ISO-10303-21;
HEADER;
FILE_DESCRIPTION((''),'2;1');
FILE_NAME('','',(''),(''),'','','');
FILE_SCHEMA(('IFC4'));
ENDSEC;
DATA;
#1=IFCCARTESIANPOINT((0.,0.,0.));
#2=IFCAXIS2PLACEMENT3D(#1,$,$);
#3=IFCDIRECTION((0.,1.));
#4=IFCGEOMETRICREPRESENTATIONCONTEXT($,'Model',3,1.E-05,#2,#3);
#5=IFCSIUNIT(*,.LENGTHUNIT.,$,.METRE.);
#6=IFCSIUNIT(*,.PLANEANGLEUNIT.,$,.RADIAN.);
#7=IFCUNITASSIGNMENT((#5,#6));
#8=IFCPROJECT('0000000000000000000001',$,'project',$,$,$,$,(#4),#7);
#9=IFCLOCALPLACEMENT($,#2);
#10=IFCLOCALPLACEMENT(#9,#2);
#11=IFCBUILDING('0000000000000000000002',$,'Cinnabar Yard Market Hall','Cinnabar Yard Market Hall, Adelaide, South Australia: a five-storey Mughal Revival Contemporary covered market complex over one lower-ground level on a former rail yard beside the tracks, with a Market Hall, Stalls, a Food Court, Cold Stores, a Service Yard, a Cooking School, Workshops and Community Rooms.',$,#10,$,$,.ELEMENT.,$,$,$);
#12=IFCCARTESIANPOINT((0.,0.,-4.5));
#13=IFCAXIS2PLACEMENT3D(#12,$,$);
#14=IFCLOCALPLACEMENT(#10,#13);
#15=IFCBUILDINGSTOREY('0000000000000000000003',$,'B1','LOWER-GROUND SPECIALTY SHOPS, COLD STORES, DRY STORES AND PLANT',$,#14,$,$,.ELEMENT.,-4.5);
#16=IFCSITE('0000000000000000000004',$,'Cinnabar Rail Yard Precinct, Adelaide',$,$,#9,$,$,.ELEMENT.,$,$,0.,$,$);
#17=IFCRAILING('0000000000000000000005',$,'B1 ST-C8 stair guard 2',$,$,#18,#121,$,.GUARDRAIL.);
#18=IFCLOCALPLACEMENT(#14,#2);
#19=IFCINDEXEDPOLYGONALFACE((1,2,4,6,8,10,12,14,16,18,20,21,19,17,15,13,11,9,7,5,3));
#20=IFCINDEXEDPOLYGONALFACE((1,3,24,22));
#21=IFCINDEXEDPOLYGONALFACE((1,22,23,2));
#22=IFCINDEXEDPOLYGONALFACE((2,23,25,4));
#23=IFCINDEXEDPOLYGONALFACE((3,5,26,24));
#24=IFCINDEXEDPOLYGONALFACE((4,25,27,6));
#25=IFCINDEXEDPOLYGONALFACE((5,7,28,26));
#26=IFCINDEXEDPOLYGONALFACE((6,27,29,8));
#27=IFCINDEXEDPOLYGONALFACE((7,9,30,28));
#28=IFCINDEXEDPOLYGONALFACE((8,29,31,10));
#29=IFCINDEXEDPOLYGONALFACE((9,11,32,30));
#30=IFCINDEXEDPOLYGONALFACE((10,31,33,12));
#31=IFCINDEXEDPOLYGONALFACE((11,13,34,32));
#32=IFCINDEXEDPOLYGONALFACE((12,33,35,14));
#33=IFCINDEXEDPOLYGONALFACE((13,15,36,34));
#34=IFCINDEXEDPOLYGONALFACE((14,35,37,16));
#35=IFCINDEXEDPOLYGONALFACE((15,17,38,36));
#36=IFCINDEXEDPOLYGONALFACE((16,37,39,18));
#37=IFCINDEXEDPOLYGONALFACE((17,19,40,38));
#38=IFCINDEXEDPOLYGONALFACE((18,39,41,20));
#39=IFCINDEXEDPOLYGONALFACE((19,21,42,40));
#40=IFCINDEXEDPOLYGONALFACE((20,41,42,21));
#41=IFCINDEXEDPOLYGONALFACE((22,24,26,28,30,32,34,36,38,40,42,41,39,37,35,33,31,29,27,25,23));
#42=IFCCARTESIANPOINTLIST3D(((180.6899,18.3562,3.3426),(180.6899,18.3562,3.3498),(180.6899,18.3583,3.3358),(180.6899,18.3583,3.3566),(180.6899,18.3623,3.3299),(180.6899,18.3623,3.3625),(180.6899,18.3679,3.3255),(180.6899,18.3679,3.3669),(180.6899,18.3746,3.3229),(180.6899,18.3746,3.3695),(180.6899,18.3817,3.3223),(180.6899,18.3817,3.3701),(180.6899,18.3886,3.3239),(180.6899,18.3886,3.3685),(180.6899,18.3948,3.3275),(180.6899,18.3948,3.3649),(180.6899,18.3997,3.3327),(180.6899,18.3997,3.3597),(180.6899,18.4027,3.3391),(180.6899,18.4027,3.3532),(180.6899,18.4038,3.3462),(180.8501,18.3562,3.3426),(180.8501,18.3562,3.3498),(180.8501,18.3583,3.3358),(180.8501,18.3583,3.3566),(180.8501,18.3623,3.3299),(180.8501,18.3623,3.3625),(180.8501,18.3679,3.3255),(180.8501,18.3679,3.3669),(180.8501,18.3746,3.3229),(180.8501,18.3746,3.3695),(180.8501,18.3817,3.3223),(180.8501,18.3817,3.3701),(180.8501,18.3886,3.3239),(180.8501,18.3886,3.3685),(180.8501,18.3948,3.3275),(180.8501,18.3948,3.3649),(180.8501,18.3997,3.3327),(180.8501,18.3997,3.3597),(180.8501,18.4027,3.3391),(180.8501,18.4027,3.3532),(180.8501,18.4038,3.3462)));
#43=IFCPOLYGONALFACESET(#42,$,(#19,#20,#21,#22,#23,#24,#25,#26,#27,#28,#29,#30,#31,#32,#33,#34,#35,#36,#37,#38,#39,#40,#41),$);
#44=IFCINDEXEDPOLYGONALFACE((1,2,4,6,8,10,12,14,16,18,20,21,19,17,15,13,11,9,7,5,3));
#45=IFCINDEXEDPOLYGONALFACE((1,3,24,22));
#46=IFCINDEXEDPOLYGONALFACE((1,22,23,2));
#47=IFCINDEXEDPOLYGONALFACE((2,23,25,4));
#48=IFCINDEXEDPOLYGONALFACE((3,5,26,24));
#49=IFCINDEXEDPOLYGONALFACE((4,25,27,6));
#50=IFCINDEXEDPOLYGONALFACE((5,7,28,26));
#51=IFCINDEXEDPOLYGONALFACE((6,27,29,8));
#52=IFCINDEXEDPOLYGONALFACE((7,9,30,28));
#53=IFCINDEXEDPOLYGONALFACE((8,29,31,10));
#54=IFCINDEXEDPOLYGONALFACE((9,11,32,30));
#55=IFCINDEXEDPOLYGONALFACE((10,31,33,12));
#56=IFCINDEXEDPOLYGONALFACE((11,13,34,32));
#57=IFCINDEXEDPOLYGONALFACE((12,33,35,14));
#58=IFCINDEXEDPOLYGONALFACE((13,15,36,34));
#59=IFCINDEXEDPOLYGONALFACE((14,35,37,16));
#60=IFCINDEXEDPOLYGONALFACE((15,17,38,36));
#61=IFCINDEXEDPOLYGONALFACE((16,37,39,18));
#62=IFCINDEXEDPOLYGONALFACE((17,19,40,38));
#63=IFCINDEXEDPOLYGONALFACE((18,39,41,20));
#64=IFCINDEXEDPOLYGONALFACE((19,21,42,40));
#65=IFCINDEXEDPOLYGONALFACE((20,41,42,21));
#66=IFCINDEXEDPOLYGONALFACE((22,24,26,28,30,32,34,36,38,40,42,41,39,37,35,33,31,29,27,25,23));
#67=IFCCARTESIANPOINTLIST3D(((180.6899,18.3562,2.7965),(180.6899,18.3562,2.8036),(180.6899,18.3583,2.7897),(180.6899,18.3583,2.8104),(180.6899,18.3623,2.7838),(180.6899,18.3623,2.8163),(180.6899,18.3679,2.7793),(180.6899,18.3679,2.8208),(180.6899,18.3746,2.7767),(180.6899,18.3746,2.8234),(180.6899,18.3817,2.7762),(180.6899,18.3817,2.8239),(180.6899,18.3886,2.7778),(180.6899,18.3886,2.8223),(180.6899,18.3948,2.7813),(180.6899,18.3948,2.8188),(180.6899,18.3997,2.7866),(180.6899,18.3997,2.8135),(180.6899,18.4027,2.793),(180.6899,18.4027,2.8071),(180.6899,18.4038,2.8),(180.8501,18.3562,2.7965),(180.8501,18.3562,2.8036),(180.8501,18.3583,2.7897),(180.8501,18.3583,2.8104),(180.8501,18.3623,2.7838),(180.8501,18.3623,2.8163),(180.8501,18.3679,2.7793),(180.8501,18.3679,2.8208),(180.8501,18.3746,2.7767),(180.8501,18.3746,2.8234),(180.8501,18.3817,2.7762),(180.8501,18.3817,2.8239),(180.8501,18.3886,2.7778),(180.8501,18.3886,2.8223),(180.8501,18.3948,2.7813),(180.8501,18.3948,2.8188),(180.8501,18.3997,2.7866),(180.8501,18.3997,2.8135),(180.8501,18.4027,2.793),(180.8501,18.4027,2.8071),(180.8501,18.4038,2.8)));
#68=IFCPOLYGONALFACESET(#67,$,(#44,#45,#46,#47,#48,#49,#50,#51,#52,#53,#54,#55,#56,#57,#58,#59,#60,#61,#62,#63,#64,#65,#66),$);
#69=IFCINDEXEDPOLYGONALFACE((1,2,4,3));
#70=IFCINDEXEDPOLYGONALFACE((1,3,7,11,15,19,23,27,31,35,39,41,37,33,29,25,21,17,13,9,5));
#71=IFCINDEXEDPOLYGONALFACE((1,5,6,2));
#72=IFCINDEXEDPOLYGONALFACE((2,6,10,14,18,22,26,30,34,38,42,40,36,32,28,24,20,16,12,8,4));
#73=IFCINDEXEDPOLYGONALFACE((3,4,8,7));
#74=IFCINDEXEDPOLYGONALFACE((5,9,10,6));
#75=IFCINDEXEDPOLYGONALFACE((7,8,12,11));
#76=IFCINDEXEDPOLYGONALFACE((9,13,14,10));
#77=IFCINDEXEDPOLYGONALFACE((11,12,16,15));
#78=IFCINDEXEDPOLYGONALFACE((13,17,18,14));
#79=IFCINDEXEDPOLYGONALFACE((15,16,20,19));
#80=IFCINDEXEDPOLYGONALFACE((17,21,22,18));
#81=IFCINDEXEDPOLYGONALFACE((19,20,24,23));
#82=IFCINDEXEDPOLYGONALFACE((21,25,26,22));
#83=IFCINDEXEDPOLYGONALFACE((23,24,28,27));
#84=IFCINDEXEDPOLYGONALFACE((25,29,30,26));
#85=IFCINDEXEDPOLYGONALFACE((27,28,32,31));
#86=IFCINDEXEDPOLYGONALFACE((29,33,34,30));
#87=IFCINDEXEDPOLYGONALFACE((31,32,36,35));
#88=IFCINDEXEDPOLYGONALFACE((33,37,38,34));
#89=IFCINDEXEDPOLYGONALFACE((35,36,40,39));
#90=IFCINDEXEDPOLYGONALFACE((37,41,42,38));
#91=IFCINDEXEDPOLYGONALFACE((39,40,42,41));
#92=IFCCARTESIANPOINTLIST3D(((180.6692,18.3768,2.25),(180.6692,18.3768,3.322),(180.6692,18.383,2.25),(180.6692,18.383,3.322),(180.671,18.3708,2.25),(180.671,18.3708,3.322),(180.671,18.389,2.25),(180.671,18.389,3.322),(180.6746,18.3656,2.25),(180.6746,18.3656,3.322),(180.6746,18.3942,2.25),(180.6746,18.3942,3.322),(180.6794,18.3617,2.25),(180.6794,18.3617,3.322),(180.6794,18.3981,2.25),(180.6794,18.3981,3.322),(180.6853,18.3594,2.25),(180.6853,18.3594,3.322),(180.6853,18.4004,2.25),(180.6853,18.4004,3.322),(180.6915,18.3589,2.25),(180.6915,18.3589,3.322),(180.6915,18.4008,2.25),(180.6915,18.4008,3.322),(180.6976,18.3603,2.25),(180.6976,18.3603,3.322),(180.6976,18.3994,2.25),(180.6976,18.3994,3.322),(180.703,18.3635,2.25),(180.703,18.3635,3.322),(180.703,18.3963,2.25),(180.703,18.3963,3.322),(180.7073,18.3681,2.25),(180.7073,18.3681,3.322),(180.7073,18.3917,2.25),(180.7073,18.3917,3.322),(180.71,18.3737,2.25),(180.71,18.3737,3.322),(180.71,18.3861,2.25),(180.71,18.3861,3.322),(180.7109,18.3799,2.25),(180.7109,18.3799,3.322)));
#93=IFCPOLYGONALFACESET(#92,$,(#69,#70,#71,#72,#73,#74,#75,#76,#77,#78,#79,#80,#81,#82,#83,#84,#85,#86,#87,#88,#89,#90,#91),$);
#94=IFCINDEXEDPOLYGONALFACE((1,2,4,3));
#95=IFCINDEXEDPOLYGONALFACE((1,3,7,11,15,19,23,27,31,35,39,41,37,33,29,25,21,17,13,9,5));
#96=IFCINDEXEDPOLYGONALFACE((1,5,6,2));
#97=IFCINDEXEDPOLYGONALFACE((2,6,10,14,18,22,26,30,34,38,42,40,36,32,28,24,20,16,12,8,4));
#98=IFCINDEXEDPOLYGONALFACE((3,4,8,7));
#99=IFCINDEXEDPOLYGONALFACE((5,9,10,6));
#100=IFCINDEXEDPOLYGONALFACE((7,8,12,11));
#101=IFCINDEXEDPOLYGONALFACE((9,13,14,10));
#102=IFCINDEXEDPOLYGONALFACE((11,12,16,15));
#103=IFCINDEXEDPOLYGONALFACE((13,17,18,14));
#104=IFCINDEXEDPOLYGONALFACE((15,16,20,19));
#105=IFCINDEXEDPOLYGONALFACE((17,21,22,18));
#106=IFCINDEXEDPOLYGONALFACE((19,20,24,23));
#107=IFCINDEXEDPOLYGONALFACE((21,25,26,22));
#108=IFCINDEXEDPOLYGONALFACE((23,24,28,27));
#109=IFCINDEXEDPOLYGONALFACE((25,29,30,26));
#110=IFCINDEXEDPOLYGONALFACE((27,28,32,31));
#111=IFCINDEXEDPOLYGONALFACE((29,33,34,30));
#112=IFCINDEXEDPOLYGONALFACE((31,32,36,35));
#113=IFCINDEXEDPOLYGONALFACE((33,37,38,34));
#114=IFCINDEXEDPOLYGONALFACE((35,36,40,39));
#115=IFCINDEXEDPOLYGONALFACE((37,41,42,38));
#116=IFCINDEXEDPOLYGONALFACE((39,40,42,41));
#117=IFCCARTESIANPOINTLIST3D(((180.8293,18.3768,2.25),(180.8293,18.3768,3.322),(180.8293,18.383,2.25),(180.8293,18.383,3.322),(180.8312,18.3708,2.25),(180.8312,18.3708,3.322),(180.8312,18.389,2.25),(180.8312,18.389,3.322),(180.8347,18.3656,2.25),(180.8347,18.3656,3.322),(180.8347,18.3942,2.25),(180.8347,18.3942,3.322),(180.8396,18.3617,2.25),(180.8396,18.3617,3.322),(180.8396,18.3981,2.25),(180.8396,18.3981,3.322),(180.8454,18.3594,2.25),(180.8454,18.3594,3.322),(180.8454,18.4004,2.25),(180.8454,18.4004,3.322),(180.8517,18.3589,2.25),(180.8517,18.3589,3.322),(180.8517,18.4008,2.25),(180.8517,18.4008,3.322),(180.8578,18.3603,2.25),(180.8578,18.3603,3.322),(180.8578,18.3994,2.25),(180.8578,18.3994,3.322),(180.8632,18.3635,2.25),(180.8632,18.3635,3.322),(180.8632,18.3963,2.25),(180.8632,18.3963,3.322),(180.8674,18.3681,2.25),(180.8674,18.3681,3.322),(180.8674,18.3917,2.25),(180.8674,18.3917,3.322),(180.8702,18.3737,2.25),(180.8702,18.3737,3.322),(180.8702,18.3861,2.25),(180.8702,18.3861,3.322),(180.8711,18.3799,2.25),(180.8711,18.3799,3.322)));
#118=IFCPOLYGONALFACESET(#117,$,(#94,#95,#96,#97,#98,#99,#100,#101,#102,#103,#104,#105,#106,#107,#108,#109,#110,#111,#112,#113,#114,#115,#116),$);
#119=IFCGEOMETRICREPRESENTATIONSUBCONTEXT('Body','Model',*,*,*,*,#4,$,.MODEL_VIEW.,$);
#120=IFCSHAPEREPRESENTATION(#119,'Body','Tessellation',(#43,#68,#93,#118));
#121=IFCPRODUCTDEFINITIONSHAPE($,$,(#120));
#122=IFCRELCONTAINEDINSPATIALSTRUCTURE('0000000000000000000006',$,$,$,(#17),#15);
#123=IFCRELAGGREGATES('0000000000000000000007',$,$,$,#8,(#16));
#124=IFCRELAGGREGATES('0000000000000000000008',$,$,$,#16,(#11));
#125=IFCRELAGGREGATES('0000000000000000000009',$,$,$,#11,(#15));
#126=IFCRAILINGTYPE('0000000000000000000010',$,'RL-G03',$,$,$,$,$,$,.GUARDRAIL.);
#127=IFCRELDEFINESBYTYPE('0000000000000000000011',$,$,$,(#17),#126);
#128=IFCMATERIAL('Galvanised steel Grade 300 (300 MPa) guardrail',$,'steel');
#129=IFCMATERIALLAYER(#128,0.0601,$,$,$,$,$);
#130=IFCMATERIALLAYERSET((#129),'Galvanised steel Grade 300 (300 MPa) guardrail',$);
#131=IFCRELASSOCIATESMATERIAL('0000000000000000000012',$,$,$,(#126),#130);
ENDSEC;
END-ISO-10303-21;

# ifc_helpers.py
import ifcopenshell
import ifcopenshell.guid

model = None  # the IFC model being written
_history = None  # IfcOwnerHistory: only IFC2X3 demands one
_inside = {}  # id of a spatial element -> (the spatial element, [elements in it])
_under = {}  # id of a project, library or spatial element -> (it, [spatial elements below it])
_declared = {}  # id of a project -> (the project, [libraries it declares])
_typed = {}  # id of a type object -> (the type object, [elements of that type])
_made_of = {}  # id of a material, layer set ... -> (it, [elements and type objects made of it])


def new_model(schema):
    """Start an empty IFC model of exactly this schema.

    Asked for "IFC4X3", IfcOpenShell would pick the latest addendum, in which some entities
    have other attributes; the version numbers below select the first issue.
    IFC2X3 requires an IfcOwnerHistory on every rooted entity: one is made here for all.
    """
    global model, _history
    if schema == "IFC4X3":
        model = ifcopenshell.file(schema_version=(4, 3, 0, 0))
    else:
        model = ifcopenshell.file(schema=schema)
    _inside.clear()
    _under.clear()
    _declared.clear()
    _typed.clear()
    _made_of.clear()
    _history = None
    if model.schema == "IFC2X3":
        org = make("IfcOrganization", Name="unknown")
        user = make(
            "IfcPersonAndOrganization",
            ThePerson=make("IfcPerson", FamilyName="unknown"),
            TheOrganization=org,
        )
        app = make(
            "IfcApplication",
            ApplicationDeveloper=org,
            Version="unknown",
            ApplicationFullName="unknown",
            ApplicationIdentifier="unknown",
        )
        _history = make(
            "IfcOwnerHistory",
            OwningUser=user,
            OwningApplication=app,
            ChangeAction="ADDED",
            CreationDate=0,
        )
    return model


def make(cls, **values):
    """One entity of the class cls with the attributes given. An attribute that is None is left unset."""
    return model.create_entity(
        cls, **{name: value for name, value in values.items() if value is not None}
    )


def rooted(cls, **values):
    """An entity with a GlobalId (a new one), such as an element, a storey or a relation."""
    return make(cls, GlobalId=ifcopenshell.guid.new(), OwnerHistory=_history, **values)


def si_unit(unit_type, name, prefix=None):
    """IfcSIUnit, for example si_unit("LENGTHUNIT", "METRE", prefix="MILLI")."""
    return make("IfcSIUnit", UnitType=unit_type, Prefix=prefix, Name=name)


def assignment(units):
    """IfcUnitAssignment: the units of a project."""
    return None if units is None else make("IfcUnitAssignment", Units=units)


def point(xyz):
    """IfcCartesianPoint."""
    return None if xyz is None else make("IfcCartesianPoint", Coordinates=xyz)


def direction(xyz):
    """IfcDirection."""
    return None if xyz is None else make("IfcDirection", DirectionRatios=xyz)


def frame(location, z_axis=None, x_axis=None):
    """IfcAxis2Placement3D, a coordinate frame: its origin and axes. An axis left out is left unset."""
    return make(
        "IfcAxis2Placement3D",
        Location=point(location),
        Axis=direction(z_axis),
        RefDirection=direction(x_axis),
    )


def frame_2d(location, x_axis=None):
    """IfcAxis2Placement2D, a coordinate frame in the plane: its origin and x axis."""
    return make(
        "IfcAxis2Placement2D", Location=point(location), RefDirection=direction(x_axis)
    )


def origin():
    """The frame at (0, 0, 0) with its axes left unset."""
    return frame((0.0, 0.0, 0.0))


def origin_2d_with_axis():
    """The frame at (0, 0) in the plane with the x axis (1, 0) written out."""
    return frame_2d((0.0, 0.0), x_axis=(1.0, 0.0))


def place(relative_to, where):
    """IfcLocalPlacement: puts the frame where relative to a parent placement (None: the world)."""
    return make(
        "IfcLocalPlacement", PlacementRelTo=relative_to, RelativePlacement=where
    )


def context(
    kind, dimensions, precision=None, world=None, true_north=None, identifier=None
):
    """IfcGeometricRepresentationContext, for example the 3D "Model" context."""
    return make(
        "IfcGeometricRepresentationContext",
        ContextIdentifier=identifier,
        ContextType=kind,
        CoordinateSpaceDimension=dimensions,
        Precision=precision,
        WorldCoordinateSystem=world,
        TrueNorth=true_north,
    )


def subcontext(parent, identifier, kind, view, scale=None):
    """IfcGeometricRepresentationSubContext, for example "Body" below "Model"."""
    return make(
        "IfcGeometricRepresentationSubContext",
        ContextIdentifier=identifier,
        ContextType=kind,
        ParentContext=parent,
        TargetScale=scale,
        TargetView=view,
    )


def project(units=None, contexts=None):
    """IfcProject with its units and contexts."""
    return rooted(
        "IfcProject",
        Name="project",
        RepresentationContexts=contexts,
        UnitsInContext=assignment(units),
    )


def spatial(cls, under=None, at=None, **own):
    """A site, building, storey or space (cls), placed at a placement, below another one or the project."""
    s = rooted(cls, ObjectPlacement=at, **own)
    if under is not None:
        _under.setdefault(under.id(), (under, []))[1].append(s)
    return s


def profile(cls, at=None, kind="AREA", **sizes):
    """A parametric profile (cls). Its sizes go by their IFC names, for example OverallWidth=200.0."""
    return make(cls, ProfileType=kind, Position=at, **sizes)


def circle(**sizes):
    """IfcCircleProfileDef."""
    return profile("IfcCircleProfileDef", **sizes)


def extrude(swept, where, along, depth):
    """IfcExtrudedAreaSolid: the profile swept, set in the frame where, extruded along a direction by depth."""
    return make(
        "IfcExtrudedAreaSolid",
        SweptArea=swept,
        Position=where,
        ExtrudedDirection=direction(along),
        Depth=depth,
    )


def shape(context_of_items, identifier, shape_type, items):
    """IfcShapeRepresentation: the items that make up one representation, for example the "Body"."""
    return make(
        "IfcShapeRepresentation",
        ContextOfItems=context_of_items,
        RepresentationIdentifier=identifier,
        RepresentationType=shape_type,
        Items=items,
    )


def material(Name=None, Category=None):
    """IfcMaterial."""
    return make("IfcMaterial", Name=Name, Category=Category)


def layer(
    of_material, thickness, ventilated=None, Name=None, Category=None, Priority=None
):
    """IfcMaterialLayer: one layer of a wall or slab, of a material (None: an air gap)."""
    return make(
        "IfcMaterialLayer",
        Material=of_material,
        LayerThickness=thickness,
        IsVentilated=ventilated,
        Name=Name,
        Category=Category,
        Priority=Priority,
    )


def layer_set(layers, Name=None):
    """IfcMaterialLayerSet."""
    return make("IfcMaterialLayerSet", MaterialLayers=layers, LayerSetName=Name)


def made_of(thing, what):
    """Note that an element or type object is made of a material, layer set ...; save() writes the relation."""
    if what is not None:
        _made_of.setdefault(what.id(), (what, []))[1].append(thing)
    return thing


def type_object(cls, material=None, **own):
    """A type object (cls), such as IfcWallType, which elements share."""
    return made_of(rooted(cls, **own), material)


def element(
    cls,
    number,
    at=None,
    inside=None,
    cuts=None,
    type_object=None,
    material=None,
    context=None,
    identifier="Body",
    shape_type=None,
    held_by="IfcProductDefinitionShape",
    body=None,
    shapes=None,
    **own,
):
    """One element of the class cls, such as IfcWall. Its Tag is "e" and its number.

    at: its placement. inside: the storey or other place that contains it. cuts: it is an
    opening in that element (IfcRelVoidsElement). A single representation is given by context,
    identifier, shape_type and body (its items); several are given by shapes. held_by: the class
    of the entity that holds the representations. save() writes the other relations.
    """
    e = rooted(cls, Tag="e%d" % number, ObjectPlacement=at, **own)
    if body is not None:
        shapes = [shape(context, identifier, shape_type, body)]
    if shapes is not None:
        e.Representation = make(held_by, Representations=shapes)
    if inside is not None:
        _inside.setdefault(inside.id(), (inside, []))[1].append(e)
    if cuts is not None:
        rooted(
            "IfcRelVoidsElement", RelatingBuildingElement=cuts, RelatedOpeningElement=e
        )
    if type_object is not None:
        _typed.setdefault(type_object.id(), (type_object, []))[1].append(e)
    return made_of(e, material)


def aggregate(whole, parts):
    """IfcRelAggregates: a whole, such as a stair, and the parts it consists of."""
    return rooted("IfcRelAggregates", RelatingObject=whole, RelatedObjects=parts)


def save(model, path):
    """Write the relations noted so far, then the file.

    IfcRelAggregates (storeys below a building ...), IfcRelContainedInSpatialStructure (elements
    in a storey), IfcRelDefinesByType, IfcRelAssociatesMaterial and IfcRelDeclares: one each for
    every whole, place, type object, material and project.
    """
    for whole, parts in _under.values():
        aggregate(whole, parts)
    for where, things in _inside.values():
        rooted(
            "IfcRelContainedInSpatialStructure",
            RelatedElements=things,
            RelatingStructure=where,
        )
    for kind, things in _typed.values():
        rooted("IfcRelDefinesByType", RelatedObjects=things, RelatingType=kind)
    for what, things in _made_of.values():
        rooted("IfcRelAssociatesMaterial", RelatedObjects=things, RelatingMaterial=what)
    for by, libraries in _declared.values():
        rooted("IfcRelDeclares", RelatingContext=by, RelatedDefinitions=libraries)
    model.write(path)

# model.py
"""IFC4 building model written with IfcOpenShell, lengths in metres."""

from ifc_helpers import new_model, si_unit, direction, frame, origin, origin_2d_with_axis, place, context, subcontext, project, spatial, circle, extrude, material, layer, layer_set, type_object, element, save


model = new_model("IFC4")

# Units and contexts
model_context = context("Model", 3, precision=1e-05, world=origin(), true_north=direction((0.0, 1.0)))
body_context = subcontext(model_context, "Body", "Model", "MODEL_VIEW")
ifc_project = project(units=[si_unit("LENGTHUNIT", "METRE"), si_unit("PLANEANGLEUNIT", "RADIAN")], contexts=[model_context])

# Site, building, storey
site_placement = place(None, origin())
site = spatial("IfcSite", under=ifc_project, at=site_placement, Name="Cinnabar Rail Yard Precinct, Adelaide", CompositionType="ELEMENT", RefElevation=0.0)
building_placement = place(site_placement, origin())
building = spatial("IfcBuilding", under=site, at=building_placement, Name="Cinnabar Yard Market Hall", Description="Cinnabar Yard Market Hall, Adelaide, South Australia: a five-storey Mughal Revival Contemporary covered market complex over one lower-ground level on a former rail yard beside the tracks, with a Market Hall, Stalls, a Food Court, Cold Stores, a Service Yard, a Cooking School, Workshops and Community Rooms.", CompositionType="ELEMENT")
storey_placement = place(building_placement, frame((0.0, 0.0, -4.5)))
storey = spatial("IfcBuildingStorey", under=building, at=storey_placement, Name="B1", Description="LOWER-GROUND SPECIALTY SHOPS, COLD STORES, DRY STORES AND PLANT", CompositionType="ELEMENT", Elevation=-4.5)

# Railing
ifc_material_1 = material(Name="Galvanised steel Grade 300 (300 MPa) guardrail", Category="steel")
ifc_layer_1 = layer(ifc_material_1, 0.0601)
ifc_layer_set_1 = layer_set([ifc_layer_1], Name="Galvanised steel Grade 300 (300 MPa) guardrail")
railing_type_1 = type_object("IfcRailingType", Name="RL-G03", PredefinedType="GUARDRAIL", material=ifc_layer_set_1)
railing_1_placement = place(storey_placement, frame((180.6899, 18.3799, 2.25)))
element("IfcRailing", 1, at=railing_1_placement, inside=storey, type_object=railing_type_1, Name="B1 ST-C8 stair guard 2", PredefinedType="GUARDRAIL", context=body_context, shape_type="SweptSolid", body=[
    extrude(circle(Radius=0.0239, at=origin_2d_with_axis()), frame((0.0, 0.0, 1.0962), z_axis=(1.0, 0.0, 0.0), x_axis=(0.0, 1.0, 0.0)), (0.0, 0.0, 1.0), 0.1602),
    extrude(circle(Radius=0.0239, at=origin_2d_with_axis()), frame((0.0, 0.0, 0.55), z_axis=(1.0, 0.0, 0.0), x_axis=(0.0, 1.0, 0.0)), (0.0, 0.0, 1.0), 0.1602),
    extrude(circle(Radius=0.021, at=origin_2d_with_axis()), origin(), (0.0, 0.0, 1.0), 1.072),
    extrude(circle(Radius=0.021, at=origin_2d_with_axis()), frame((0.1602, 0.0, 0.0)), (0.0, 0.0, 1.0), 1.072),
])

save(model, "model.ifc")
